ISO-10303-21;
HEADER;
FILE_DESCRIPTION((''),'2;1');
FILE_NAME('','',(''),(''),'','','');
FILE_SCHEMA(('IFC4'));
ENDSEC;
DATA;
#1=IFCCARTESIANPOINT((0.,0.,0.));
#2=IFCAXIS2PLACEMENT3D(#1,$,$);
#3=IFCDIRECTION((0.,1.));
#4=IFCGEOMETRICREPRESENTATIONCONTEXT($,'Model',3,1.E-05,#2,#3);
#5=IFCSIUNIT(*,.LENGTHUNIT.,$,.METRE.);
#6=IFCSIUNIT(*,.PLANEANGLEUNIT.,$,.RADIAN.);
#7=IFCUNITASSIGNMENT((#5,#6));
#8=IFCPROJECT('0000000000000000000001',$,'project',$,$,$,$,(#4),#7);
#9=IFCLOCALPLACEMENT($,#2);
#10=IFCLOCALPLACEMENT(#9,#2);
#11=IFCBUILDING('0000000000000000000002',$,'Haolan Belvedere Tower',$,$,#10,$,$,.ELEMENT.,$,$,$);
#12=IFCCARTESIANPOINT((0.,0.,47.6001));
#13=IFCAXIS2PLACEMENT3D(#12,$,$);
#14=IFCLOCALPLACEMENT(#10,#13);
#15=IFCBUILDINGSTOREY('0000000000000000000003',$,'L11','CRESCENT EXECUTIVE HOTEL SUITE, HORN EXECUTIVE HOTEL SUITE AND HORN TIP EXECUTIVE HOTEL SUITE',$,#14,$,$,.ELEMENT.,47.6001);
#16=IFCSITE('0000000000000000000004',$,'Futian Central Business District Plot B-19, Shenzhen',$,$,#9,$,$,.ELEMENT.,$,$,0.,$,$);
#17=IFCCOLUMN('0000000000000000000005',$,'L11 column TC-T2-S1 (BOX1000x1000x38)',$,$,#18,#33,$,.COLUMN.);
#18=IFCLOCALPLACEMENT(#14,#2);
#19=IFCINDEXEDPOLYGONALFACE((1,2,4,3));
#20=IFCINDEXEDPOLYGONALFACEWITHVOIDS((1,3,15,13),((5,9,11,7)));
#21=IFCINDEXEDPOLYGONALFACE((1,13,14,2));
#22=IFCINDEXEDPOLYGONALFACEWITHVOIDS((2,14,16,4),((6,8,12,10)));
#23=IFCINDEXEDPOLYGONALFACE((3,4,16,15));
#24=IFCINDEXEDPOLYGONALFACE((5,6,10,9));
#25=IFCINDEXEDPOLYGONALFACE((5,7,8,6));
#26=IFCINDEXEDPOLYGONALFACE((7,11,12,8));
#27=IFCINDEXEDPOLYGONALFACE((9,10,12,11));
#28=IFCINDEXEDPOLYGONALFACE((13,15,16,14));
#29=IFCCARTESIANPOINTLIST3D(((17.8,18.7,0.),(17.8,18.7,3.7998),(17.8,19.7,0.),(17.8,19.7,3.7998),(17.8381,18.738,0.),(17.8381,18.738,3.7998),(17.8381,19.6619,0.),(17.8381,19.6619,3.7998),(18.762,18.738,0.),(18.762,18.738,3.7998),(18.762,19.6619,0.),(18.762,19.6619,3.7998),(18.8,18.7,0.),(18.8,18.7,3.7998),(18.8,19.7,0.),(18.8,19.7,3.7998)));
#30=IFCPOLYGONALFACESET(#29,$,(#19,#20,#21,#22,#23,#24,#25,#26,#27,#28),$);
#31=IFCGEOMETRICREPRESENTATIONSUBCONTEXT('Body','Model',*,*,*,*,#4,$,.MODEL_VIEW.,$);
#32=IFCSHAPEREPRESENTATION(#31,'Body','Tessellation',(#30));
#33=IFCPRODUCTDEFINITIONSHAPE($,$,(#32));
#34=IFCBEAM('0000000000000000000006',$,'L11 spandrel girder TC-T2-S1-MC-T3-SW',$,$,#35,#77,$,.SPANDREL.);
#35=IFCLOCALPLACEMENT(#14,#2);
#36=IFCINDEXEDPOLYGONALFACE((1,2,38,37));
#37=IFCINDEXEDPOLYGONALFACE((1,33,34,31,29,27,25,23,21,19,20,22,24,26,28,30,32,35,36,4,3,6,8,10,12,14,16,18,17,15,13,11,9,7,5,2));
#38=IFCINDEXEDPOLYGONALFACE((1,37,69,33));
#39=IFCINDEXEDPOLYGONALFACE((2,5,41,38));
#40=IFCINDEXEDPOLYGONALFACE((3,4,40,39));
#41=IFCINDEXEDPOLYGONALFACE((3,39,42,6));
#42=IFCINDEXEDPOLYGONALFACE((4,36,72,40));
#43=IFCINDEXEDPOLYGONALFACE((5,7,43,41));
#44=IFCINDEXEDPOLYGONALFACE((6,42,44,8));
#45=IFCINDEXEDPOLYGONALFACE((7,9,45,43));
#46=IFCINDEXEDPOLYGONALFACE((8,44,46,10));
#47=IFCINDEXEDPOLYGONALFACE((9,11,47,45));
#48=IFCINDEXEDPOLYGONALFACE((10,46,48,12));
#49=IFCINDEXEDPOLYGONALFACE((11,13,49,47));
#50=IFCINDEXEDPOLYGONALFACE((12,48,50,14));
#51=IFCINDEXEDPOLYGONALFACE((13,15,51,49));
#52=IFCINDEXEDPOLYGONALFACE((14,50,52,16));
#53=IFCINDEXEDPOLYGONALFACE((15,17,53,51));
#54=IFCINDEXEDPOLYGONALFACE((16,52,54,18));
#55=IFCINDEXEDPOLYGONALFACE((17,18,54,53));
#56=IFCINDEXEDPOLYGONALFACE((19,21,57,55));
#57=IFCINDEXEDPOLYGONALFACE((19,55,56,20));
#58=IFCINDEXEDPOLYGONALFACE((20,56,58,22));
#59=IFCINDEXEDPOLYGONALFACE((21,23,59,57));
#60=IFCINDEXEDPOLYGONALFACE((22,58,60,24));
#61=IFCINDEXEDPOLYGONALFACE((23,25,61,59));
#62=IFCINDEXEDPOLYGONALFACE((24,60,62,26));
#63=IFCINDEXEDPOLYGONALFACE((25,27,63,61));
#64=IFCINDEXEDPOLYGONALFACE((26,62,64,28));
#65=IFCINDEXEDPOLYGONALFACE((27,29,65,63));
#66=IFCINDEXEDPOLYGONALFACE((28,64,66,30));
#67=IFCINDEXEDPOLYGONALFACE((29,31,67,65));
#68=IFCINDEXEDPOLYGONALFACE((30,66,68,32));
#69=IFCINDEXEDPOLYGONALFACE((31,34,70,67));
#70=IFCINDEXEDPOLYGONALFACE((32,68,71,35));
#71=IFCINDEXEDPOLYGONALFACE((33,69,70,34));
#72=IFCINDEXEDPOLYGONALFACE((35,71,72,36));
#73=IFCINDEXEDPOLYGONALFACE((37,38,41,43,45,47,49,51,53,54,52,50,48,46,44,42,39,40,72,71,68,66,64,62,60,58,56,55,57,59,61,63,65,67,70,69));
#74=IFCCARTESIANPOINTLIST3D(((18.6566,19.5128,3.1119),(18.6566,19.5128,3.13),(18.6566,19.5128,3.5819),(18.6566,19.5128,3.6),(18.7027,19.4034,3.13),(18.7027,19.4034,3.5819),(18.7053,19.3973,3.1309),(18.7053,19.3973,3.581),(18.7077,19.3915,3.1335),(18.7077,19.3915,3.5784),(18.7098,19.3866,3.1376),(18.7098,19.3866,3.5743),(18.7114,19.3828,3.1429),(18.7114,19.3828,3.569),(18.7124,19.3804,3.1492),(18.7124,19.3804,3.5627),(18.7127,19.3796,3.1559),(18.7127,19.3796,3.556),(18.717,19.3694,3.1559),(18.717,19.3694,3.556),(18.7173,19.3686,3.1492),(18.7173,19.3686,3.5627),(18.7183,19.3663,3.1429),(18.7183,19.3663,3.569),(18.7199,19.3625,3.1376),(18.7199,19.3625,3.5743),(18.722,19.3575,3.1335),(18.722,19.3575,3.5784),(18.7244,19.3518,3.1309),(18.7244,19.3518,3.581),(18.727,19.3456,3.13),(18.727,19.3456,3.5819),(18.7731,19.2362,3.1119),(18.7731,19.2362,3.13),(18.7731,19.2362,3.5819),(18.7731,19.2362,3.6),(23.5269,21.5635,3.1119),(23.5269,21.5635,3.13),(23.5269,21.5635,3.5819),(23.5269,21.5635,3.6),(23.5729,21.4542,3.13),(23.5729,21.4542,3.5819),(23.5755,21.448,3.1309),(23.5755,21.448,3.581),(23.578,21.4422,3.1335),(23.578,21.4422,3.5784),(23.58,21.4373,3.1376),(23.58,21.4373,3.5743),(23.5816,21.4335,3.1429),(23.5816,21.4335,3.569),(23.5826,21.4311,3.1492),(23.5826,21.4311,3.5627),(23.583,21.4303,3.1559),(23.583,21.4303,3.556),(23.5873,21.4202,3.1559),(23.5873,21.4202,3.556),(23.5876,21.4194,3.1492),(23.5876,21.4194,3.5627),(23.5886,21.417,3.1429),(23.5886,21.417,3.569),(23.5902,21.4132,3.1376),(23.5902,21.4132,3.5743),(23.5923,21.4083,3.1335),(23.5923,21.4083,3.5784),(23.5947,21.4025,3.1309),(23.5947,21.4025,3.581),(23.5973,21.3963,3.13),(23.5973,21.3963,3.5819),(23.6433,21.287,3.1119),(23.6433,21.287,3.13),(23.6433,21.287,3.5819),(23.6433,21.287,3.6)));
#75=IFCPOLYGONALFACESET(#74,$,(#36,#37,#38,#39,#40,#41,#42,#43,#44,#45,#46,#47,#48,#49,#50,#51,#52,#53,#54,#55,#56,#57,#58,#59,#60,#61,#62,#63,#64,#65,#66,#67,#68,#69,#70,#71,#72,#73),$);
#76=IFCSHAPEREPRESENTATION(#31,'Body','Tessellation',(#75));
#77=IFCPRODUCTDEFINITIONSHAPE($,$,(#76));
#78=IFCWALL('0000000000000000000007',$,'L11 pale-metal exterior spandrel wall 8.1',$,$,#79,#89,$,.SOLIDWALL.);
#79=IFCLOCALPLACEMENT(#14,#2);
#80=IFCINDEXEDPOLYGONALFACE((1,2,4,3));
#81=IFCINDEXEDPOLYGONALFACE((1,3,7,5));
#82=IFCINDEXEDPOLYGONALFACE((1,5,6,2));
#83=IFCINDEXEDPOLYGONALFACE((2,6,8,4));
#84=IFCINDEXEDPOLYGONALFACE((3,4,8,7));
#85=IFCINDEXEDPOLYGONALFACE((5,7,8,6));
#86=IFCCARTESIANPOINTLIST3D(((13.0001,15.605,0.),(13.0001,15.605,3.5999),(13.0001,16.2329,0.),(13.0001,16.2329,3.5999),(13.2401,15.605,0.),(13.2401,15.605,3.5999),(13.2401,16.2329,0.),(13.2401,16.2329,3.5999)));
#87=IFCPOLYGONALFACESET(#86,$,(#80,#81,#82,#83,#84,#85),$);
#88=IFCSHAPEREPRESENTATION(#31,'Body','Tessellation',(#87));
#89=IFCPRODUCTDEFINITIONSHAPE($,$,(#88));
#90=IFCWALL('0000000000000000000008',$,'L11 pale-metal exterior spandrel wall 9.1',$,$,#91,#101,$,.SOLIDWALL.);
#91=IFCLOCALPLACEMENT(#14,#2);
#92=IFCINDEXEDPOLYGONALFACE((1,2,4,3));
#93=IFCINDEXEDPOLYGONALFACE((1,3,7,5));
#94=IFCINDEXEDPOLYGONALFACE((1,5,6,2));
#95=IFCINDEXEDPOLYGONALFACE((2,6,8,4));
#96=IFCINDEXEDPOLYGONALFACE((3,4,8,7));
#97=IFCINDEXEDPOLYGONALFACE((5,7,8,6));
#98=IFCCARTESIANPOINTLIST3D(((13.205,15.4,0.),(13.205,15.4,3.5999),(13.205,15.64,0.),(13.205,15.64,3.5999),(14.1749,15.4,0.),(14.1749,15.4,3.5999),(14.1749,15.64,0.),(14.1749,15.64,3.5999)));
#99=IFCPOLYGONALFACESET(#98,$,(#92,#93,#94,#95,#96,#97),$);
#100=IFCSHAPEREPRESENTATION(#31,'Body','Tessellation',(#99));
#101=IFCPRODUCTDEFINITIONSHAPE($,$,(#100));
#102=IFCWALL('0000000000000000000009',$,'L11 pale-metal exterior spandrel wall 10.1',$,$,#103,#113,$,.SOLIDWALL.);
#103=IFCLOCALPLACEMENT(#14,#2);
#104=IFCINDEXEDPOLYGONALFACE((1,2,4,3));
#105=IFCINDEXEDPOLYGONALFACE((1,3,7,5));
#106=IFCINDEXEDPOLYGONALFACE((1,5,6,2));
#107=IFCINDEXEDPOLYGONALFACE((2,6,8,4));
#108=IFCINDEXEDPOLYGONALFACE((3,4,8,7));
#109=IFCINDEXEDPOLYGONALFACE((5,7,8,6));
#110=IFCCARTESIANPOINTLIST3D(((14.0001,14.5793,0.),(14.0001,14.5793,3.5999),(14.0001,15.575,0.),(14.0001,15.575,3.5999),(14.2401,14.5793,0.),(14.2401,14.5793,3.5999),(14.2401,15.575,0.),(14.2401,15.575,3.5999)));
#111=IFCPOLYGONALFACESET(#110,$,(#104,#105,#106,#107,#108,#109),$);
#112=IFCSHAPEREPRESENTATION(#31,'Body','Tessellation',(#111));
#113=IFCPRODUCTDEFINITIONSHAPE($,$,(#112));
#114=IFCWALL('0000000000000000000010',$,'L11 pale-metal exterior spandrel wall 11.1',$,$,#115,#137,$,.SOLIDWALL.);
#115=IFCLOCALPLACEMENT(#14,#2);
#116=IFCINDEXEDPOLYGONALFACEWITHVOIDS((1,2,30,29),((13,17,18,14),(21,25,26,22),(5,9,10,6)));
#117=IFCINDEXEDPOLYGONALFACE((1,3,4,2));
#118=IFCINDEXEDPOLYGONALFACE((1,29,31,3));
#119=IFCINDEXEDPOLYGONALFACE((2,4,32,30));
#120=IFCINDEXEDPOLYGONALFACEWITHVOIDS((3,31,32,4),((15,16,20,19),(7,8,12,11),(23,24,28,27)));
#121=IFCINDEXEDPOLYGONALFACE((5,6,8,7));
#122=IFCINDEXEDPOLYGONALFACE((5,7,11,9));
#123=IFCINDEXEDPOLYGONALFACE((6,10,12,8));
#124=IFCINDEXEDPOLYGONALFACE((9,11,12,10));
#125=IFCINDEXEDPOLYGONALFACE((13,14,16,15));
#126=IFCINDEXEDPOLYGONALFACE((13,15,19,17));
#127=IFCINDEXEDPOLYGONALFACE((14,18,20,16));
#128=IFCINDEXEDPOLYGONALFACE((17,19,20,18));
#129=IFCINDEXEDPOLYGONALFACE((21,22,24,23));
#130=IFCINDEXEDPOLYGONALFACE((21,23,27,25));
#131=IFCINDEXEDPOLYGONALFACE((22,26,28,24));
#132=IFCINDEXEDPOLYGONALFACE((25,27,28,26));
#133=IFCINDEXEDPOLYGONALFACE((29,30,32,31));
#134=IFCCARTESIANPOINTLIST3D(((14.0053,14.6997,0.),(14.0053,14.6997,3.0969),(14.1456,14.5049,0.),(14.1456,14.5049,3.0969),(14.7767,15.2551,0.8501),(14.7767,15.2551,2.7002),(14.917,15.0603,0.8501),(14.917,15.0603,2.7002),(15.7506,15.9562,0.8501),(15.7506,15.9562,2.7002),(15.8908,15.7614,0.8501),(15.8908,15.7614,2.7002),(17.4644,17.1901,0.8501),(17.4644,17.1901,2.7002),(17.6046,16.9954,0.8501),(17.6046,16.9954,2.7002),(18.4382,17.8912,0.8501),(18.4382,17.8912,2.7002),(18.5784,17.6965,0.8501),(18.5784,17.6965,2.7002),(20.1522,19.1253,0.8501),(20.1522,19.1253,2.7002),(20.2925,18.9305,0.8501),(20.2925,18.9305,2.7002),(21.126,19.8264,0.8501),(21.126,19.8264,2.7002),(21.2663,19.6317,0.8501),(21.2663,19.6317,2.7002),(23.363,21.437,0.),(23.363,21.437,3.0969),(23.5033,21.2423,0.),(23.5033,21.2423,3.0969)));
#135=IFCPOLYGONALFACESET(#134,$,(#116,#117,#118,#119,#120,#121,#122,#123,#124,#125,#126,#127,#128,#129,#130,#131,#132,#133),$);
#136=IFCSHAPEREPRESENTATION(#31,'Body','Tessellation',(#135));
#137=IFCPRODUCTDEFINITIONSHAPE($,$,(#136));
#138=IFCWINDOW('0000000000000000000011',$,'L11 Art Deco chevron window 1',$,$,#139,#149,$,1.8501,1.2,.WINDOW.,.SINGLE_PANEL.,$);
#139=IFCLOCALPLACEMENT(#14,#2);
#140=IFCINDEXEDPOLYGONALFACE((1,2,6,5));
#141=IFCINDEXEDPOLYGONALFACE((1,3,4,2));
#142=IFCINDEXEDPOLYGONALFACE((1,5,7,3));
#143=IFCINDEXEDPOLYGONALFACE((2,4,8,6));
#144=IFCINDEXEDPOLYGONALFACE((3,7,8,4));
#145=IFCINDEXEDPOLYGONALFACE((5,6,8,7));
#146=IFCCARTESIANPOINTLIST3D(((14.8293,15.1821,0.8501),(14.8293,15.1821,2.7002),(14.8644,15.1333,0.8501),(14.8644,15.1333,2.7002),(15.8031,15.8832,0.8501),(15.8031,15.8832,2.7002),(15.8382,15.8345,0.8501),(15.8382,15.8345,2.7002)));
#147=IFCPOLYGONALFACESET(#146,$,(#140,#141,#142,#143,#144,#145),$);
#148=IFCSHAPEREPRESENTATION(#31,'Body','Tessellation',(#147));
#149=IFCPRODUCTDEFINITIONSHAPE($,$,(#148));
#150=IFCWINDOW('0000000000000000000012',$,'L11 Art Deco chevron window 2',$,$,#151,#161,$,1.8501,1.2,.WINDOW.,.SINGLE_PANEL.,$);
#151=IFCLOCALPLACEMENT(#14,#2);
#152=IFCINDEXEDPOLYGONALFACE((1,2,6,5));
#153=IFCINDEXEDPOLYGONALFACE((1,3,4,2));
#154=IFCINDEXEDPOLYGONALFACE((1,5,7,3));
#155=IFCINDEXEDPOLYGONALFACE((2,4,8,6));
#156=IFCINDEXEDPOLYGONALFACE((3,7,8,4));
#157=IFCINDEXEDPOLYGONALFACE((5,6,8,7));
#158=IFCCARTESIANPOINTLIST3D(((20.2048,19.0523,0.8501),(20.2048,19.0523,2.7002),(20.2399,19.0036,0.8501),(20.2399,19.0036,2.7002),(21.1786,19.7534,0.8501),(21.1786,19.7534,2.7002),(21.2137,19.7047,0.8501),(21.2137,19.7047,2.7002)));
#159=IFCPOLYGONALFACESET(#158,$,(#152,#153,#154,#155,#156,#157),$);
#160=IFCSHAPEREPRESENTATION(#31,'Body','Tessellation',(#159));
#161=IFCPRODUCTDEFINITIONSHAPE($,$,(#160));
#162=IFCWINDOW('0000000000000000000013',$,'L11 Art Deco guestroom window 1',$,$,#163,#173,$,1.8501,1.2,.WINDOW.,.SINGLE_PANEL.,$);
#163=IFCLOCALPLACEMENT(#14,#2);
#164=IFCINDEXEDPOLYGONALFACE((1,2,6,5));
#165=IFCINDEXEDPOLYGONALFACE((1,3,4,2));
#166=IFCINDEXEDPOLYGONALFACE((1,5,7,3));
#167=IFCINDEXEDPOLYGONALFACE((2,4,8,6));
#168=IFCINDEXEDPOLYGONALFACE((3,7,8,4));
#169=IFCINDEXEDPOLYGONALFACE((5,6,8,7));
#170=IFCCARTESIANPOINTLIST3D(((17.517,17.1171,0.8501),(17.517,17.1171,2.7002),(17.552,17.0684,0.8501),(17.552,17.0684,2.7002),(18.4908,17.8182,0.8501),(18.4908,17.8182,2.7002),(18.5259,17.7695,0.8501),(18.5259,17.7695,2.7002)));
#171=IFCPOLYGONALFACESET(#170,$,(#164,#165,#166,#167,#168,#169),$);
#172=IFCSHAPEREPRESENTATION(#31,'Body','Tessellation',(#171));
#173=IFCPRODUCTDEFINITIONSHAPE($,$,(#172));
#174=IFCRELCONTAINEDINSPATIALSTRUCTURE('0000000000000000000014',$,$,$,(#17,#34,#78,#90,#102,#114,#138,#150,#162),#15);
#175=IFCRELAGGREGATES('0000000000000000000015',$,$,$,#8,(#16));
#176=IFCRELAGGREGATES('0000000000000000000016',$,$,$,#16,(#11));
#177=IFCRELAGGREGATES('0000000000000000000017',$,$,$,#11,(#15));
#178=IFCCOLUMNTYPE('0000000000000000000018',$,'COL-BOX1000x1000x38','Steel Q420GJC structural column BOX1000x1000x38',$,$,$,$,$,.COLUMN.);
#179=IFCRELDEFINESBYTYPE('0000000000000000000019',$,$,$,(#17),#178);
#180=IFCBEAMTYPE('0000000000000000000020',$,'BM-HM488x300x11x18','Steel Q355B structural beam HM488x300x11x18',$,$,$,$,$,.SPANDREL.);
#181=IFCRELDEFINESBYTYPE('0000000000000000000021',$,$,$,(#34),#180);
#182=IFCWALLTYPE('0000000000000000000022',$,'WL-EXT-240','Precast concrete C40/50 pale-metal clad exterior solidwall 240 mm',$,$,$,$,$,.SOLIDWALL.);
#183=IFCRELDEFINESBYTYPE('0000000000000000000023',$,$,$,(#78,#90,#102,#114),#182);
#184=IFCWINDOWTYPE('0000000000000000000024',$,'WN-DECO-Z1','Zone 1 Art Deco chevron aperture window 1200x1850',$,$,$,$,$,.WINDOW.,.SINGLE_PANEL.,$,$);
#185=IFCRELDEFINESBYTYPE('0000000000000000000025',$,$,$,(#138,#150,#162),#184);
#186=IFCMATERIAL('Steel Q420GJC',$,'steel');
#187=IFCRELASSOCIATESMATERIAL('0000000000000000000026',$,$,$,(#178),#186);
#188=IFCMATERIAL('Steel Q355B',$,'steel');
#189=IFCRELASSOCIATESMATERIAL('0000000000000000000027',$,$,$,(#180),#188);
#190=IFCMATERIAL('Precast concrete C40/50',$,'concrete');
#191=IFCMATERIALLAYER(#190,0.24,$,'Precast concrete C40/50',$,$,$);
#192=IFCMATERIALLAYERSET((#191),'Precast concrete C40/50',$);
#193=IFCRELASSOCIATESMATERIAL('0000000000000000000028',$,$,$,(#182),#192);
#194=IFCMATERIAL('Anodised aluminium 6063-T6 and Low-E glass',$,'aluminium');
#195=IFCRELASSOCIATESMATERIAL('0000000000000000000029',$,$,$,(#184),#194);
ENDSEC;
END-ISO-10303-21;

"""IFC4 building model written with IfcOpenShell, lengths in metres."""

from ifc_helpers import new_model, si_unit, direction, frame, frame_2d, origin, origin_2d, place, context, subcontext, project, spatial, rectangle, hollow_rectangle, i_section, extrude, material, layer, layer_set, material_profile, profile_set, type_object, element, fill, save


model = new_model("IFC4")

# Units and contexts
model_context = context("Model", 3, precision=1e-05, world=origin(), true_north=direction((0.0, 1.0)))
body_context = subcontext(model_context, "Body", "Model", "MODEL_VIEW")
ifc_project = project(units=[si_unit("LENGTHUNIT", "METRE"), si_unit("PLANEANGLEUNIT", "RADIAN")], contexts=[model_context])

# Site, building, storey
site_placement = place(None, origin())
site = spatial("IfcSite", under=ifc_project, at=site_placement, Name="Futian Central Business District Plot B-19, Shenzhen", CompositionType="ELEMENT", RefElevation=0.0)
building_placement = place(site_placement, origin())
building = spatial("IfcBuilding", under=site, at=building_placement, Name="Haolan Belvedere Tower", CompositionType="ELEMENT")
storey_placement = place(building_placement, frame((0.0, 0.0, 47.6001)))
storey = spatial("IfcBuildingStorey", under=building, at=storey_placement, Name="L11", Description="CRESCENT EXECUTIVE HOTEL SUITE, HORN EXECUTIVE HOTEL SUITE AND HORN TIP EXECUTIVE HOTEL SUITE", CompositionType="ELEMENT", Elevation=47.6001)

# Column
ifc_material_1 = material(Name="Steel Q420GJC", Category="steel")
ifc_material_profile_1 = material_profile(ifc_material_1, hollow_rectangle(XDim=1.0, YDim=1.0, WallThickness=0.0381, at=origin_2d()), Name="Steel Q420GJC")
ifc_profile_set_1 = profile_set([ifc_material_profile_1], Name="Steel Q420GJC")
column_type = type_object("IfcColumnType", Name="COL-BOX1000x1000x38", Description="Steel Q420GJC structural column BOX1000x1000x38", PredefinedType="COLUMN", material=ifc_profile_set_1)
column_placement = place(storey_placement, frame((18.3, 19.2, 0.0), z_axis=(0.0, 0.0, 1.0), x_axis=(1.0, 0.0, 0.0)))
element("IfcColumn", 1, at=column_placement, inside=storey, type_object=column_type, Name="L11 column TC-T2-S1 (BOX1000x1000x38)", PredefinedType="COLUMN", context=body_context, shape_type="SweptSolid", body=[
    extrude(hollow_rectangle(XDim=1.0, YDim=1.0, WallThickness=0.0381, at=origin_2d()), origin(), (0.0, 0.0, 1.0), 3.7998),
])

# Beam
ifc_material_2 = material(Name="Steel Q355B", Category="steel")
ifc_material_profile_2 = material_profile(ifc_material_2, i_section(OverallWidth=0.3, OverallDepth=0.488, WebThickness=0.011, FlangeThickness=0.0181, FilletRadius=0.0259, at=origin_2d()), Name="Steel Q355B")
ifc_profile_set_2 = profile_set([ifc_material_profile_2], Name="Steel Q355B")
beam_type = type_object("IfcBeamType", Name="BM-HM488x300x11x18", Description="Steel Q355B structural beam HM488x300x11x18", PredefinedType="SPANDREL", material=ifc_profile_set_2)
beam_placement = place(storey_placement, frame((18.7148, 19.3745, 3.356), z_axis=(0.921628, 0.388074, 0.0), x_axis=(-0.388074, 0.921628, 0.0)))
element("IfcBeam", 2, at=beam_placement, inside=storey, type_object=beam_type, Name="L11 spandrel girder TC-T2-S1-MC-T3-SW", PredefinedType="SPANDREL", context=body_context, shape_type="SweptSolid", body=[
    extrude(i_section(OverallWidth=0.3, OverallDepth=0.488, WebThickness=0.011, FlangeThickness=0.0181, FilletRadius=0.0259, at=origin_2d()), origin(), (0.0, 0.0, 1.0), 5.2844),
])

# Walls
ifc_material_3 = material(Name="Precast concrete C40/50", Category="concrete")
ifc_layer_1 = layer(ifc_material_3, 0.24, Name="Precast concrete C40/50")
ifc_layer_set_1 = layer_set([ifc_layer_1], Name="Precast concrete C40/50")
wall_type_1 = type_object("IfcWallType", Name="WL-EXT-240", Description="Precast concrete C40/50 pale-metal clad exterior solidwall 240 mm", PredefinedType="SOLIDWALL", material=ifc_layer_set_1)
wall_1_placement = place(storey_placement, frame((13.1201, 16.2329, 0.0), z_axis=(0.0, 0.0, 1.0), x_axis=(0.0, -1.0, 0.0)))
element("IfcWall", 3, at=wall_1_placement, inside=storey, type_object=wall_type_1, Name="L11 pale-metal exterior spandrel wall 8.1", PredefinedType="SOLIDWALL", context=body_context, shape_type="SweptSolid", body=[
    extrude(rectangle(XDim=0.6279, YDim=0.24, at=frame_2d((0.314, 0.0))), origin(), (0.0, 0.0, 1.0), 3.5999),
])
wall_2_placement = place(storey_placement, frame((13.2051, 15.52, 0.0), z_axis=(0.0, 0.0, 1.0), x_axis=(1.0, 0.0, 0.0)))
element("IfcWall", 4, at=wall_2_placement, inside=storey, type_object=wall_type_1, Name="L11 pale-metal exterior spandrel wall 9.1", PredefinedType="SOLIDWALL", context=body_context, shape_type="SweptSolid", body=[
    extrude(rectangle(XDim=0.97, YDim=0.24, at=frame_2d((0.4849, 0.0))), origin(), (0.0, 0.0, 1.0), 3.5999),
])
wall_3_placement = place(storey_placement, frame((14.1201, 15.575, 0.0), z_axis=(0.0, 0.0, 1.0), x_axis=(0.0, -1.0, 0.0)))
element("IfcWall", 5, at=wall_3_placement, inside=storey, type_object=wall_type_1, Name="L11 pale-metal exterior spandrel wall 10.1", PredefinedType="SOLIDWALL", context=body_context, shape_type="SweptSolid", body=[
    extrude(rectangle(XDim=0.9956, YDim=0.24, at=frame_2d((0.4978, 0.0))), origin(), (0.0, 0.0, 1.0), 3.5999),
])

# Wall, openings, windows
wall_4_placement = place(storey_placement, frame((14.0754, 14.6023, 0.0), z_axis=(0.0, 0.0, 1.0), x_axis=(0.811543, 0.584292, 0.0)))
wall_4 = element("IfcWall", 6, at=wall_4_placement, inside=storey, type_object=wall_type_1, Name="L11 pale-metal exterior spandrel wall 11.1", PredefinedType="SOLIDWALL", context=body_context, shape_type="SweptSolid", body=[
    extrude(rectangle(XDim=11.5308, YDim=0.24, at=frame_2d((5.7654, 0.0))), origin(), (0.0, 0.0, 1.0), 3.0969),
])
opening_1_placement = place(wall_4_placement, frame((0.9504, 0.0, 0.8501)))
opening_1 = element("IfcOpeningElement", 7, at=opening_1_placement, cuts=wall_4, PredefinedType="OPENING", context=body_context, shape_type="SweptSolid", body=[
    extrude(rectangle(XDim=1.2, YDim=1.8501, at=frame_2d((0.6001, 0.925))), frame((0.0, 0.1299, 0.0), z_axis=(0.0, -1.0, 0.0), x_axis=(1.0, 0.0, 0.0)), (0.0, 0.0, 1.0), 0.26),
])
opening_2_placement = place(wall_4_placement, frame((7.5742, 0.0, 0.8501)))
opening_2 = element("IfcOpeningElement", 8, at=opening_2_placement, cuts=wall_4, PredefinedType="OPENING", context=body_context, shape_type="SweptSolid", body=[
    extrude(rectangle(XDim=1.2, YDim=1.8501, at=frame_2d((0.6001, 0.925))), frame((0.0, 0.1299, 0.0), z_axis=(0.0, -1.0, 0.0), x_axis=(1.0, 0.0, 0.0)), (0.0, 0.0, 1.0), 0.26),
])
opening_3_placement = place(wall_4_placement, frame((4.2622, 0.0, 0.8501)))
opening_3 = element("IfcOpeningElement", 9, at=opening_3_placement, cuts=wall_4, PredefinedType="OPENING", context=body_context, shape_type="SweptSolid", body=[
    extrude(rectangle(XDim=1.2, YDim=1.8501, at=frame_2d((0.6001, 0.925))), frame((0.0, 0.1299, 0.0), z_axis=(0.0, -1.0, 0.0), x_axis=(1.0, 0.0, 0.0)), (0.0, 0.0, 1.0), 0.26),
])
ifc_material_4 = material(Name="Anodised aluminium 6063-T6 and Low-E glass", Category="aluminium")
window_type = type_object("IfcWindowType", Name="WN-DECO-Z1", Description="Zone 1 Art Deco chevron aperture window 1200x1850", PartitioningType="SINGLE_PANEL", PredefinedType="WINDOW", material=ifc_material_4)
window_1_placement = place(opening_1_placement, origin())
window_1 = element("IfcWindow", 10, at=window_1_placement, inside=storey, type_object=window_type, Name="L11 Art Deco chevron window 1", OverallHeight=1.8501, OverallWidth=1.2, PartitioningType="SINGLE_PANEL", PredefinedType="WINDOW", context=body_context, shape_type="SweptSolid", body=[
    extrude(rectangle(XDim=1.2, YDim=1.8501, at=frame_2d((0.6001, 0.925))), frame((0.0, 0.03, 0.0), z_axis=(0.0, -1.0, 0.0), x_axis=(1.0, 0.0, 0.0)), (0.0, 0.0, 1.0), 0.0601),
])
fill(opening_1, window_1)
window_2_placement = place(opening_2_placement, origin())
window_2 = element("IfcWindow", 11, at=window_2_placement, inside=storey, type_object=window_type, Name="L11 Art Deco chevron window 2", OverallHeight=1.8501, OverallWidth=1.2, PartitioningType="SINGLE_PANEL", PredefinedType="WINDOW", context=body_context, shape_type="SweptSolid", body=[
    extrude(rectangle(XDim=1.2, YDim=1.8501, at=frame_2d((0.6001, 0.925))), frame((0.0, 0.03, 0.0), z_axis=(0.0, -1.0, 0.0), x_axis=(1.0, 0.0, 0.0)), (0.0, 0.0, 1.0), 0.0601),
])
fill(opening_2, window_2)
window_3_placement = place(opening_3_placement, origin())
window_3 = element("IfcWindow", 12, at=window_3_placement, inside=storey, type_object=window_type, Name="L11 Art Deco guestroom window 1", OverallHeight=1.8501, OverallWidth=1.2, PartitioningType="SINGLE_PANEL", PredefinedType="WINDOW", context=body_context, shape_type="SweptSolid", body=[
    extrude(rectangle(XDim=1.2, YDim=1.8501, at=frame_2d((0.6001, 0.925))), frame((0.0, 0.03, 0.0), z_axis=(0.0, -1.0, 0.0), x_axis=(1.0, 0.0, 0.0)), (0.0, 0.0, 1.0), 0.0601),
])
fill(opening_3, window_3)

save(model, "model.ifc")
